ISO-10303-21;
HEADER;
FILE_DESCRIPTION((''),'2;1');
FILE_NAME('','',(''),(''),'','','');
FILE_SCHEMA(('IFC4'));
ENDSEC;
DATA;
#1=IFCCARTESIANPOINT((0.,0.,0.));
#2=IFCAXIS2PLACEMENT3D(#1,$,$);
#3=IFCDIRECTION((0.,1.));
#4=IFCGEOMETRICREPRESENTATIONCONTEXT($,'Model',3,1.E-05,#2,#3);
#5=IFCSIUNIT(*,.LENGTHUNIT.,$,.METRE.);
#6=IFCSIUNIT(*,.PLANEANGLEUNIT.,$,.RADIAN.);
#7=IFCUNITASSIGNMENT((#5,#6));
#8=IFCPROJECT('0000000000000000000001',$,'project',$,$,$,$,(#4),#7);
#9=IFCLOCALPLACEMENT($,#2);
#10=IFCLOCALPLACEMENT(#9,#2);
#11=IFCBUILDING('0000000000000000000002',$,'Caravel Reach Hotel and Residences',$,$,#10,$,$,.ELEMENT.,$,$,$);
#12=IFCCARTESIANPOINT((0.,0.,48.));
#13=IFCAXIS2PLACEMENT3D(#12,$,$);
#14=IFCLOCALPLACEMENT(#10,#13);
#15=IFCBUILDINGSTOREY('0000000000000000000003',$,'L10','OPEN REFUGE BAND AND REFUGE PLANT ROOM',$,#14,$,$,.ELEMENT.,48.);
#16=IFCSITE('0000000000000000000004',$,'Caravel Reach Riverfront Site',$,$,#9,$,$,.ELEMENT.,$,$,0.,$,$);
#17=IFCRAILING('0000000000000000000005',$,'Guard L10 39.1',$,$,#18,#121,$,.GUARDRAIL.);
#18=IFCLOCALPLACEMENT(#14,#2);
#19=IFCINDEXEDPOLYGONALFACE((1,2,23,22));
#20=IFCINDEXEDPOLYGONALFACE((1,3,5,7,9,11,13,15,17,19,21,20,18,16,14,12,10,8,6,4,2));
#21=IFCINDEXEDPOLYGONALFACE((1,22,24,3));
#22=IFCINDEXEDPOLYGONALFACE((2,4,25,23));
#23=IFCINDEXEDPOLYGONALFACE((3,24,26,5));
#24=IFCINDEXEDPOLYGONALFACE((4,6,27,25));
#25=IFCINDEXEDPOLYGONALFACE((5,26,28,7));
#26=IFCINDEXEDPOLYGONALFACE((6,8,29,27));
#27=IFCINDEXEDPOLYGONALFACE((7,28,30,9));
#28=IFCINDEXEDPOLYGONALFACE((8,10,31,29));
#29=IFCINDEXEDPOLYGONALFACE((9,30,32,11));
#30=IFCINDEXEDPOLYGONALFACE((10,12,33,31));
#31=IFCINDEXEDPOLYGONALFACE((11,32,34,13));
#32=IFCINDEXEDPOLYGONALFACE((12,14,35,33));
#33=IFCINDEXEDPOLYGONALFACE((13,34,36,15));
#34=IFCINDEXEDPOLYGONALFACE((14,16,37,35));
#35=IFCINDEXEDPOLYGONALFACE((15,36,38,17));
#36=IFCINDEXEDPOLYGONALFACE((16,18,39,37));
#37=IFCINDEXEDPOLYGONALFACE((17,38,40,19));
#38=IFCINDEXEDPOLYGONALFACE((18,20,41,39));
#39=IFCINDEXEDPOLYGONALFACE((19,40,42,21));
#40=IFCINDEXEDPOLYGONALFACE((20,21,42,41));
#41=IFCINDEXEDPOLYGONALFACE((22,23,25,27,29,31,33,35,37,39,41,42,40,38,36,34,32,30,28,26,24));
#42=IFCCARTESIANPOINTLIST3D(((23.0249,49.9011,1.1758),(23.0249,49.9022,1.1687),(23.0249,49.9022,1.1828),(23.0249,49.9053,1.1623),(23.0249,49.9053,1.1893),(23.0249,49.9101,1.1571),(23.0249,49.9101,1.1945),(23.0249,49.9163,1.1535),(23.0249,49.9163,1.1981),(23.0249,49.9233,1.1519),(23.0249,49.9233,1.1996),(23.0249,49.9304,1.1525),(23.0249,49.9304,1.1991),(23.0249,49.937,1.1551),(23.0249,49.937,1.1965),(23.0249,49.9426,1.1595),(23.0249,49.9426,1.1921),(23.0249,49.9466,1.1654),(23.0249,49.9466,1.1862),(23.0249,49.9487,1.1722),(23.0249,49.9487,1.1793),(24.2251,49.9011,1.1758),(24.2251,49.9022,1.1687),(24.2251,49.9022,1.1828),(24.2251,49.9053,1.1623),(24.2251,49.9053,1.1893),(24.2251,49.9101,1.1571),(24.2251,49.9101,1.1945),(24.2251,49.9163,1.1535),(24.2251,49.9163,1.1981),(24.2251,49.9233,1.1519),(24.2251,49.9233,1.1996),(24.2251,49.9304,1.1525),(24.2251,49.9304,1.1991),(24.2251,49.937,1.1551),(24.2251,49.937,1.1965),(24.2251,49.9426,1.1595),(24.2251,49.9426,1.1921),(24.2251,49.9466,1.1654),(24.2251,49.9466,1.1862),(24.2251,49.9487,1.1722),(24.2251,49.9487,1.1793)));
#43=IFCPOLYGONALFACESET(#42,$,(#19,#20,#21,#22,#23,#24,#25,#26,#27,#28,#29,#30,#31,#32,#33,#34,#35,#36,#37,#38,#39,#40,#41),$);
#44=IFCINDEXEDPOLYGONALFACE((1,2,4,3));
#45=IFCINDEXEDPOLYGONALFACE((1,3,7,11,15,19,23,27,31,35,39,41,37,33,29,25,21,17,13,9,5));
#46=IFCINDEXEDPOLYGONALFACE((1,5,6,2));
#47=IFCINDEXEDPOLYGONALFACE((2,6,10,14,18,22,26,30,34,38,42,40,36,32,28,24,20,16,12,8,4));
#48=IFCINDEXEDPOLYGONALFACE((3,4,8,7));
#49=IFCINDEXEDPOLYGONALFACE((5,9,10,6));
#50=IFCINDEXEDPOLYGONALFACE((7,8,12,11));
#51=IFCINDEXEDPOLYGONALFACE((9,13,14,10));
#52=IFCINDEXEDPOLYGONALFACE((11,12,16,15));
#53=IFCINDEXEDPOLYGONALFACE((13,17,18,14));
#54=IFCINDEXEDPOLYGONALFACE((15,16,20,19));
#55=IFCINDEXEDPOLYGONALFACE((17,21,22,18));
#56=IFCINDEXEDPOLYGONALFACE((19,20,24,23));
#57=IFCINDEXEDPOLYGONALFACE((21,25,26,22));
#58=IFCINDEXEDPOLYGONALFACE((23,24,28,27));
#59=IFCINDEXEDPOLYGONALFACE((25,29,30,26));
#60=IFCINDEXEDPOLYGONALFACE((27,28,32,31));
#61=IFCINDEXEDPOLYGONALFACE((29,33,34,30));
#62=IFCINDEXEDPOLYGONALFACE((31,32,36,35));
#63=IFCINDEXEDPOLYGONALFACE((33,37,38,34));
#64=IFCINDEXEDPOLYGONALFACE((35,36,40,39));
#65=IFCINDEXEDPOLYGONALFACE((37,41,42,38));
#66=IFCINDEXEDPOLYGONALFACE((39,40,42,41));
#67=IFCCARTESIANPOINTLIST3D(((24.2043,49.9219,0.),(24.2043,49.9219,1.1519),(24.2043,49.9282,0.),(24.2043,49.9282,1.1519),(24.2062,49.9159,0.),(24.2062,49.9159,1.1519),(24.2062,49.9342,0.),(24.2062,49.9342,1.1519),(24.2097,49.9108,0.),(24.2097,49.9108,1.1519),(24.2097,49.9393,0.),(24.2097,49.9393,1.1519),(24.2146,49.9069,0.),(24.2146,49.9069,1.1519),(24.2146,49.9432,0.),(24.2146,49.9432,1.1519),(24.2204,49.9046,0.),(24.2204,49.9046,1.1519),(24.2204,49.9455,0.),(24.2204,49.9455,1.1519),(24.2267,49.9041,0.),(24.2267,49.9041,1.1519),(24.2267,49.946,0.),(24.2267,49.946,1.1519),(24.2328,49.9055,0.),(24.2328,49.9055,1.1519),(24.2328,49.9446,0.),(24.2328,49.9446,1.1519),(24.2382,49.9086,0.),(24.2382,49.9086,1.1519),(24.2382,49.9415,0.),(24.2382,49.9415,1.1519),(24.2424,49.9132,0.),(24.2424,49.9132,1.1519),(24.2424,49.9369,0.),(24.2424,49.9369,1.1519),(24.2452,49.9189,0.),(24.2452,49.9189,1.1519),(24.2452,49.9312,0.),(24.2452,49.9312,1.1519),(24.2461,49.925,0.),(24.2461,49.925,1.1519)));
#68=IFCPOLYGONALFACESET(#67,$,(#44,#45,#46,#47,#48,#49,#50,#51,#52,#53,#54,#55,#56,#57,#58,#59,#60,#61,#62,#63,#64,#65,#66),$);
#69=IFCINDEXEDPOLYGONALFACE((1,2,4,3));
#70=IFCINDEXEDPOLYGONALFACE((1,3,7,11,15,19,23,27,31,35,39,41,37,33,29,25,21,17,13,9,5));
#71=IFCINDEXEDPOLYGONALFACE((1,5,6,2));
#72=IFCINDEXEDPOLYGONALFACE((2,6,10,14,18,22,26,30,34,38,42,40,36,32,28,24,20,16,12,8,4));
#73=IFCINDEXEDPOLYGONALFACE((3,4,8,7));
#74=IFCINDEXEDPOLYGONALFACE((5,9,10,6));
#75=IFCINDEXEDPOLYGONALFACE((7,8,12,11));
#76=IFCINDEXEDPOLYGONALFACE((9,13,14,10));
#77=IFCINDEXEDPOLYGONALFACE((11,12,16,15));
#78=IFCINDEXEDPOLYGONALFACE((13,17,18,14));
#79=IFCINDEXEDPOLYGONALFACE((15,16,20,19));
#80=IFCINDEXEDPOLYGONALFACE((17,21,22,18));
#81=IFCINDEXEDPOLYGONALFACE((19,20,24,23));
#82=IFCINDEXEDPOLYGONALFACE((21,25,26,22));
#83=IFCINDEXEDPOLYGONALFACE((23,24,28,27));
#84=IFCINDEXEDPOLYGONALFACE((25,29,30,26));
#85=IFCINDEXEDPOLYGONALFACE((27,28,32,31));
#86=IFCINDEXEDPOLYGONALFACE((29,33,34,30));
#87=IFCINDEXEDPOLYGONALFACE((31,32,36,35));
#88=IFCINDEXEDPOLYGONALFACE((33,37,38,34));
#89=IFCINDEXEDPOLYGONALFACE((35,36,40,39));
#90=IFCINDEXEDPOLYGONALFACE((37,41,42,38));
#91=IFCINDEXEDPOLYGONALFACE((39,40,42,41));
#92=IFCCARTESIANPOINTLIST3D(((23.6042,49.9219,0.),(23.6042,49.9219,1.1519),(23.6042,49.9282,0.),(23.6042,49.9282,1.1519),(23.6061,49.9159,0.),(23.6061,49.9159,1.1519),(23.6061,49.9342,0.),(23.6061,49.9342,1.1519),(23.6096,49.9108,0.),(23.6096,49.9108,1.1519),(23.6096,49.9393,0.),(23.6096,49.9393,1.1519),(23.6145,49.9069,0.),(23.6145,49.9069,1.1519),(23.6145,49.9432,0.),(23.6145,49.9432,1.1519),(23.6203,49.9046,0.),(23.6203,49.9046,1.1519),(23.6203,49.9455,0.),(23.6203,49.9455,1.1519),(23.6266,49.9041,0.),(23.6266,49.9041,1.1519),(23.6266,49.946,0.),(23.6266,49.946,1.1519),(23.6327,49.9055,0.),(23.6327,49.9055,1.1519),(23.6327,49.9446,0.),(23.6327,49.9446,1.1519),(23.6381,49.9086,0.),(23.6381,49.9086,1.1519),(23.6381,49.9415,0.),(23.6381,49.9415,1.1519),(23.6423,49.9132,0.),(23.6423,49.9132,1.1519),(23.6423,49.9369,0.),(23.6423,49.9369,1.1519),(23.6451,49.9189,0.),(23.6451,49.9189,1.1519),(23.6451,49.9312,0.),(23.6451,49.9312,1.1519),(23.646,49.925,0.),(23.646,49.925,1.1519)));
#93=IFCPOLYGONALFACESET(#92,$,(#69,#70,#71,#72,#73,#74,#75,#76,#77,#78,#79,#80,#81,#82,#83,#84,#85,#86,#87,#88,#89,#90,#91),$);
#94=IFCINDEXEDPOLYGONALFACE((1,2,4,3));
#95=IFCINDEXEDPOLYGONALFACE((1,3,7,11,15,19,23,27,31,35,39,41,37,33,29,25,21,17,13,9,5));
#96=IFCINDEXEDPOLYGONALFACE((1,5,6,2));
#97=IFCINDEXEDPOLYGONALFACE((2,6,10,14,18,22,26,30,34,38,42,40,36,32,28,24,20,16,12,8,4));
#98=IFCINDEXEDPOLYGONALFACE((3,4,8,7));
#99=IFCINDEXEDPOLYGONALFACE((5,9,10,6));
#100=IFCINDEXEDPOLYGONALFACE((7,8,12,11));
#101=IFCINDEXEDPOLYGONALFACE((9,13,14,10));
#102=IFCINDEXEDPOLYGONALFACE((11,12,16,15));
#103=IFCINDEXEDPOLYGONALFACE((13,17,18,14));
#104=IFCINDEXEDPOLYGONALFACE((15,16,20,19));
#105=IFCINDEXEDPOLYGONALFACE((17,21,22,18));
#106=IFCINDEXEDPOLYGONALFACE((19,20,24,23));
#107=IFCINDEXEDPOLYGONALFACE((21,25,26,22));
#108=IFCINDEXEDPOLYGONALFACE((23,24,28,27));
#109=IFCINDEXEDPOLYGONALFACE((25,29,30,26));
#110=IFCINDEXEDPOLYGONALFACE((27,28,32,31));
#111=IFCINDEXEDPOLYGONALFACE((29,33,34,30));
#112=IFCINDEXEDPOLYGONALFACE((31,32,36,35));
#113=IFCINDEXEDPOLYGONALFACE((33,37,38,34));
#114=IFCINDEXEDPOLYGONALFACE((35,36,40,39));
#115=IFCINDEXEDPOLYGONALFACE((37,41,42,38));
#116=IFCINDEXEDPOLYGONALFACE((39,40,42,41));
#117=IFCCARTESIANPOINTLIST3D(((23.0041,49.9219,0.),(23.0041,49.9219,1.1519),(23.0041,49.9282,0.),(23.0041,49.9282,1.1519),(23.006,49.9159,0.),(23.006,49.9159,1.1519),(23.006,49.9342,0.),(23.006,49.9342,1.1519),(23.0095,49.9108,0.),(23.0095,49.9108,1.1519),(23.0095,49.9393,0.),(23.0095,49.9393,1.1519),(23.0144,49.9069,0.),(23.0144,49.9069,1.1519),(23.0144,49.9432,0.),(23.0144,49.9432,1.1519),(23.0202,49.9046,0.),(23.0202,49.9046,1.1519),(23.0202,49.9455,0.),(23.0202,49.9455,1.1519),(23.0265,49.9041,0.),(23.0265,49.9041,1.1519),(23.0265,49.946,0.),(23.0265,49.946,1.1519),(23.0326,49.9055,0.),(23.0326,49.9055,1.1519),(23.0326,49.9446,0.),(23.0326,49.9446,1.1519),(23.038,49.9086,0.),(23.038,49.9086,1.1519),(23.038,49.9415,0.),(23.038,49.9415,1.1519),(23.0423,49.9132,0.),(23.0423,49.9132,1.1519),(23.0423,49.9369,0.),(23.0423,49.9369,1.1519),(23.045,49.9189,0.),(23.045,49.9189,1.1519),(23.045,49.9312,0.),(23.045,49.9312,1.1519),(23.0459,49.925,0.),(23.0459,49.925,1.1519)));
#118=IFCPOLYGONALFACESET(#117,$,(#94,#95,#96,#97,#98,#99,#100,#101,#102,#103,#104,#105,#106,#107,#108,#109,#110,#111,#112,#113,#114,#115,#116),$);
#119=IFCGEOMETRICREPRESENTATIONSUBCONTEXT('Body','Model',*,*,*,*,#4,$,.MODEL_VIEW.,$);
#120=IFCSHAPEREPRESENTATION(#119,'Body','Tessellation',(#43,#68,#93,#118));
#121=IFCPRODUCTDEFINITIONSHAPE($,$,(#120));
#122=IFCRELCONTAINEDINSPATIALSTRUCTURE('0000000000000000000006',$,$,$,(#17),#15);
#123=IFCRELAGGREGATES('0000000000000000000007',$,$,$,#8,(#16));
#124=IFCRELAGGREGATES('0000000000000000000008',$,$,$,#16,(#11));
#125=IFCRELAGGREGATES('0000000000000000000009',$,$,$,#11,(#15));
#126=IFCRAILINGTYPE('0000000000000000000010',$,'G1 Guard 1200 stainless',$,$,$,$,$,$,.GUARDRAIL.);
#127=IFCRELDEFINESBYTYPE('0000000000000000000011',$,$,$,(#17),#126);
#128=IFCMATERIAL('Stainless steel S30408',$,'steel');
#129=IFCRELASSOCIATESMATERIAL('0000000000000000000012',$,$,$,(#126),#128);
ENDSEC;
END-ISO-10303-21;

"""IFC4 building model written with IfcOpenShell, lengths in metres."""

from ifc_helpers import new_model, si_unit, direction, frame, origin, origin_2d, place, context, subcontext, project, spatial, circle, extrude, material, type_object, element, save


model = new_model("IFC4")

# Units and contexts
model_context = context("Model", 3, precision=1e-05, world=origin(), true_north=direction((0.0, 1.0)))
body_context = subcontext(model_context, "Body", "Model", "MODEL_VIEW")
ifc_project = project(units=[si_unit("LENGTHUNIT", "METRE"), si_unit("PLANEANGLEUNIT", "RADIAN")], contexts=[model_context])

# Site, building, storey
site_placement = place(None, origin())
site = spatial("IfcSite", under=ifc_project, at=site_placement, Name="Caravel Reach Riverfront Site", CompositionType="ELEMENT", RefElevation=0.0)
building_placement = place(site_placement, origin())
building = spatial("IfcBuilding", under=site, at=building_placement, Name="Caravel Reach Hotel and Residences", CompositionType="ELEMENT")
storey_placement = place(building_placement, frame((0.0, 0.0, 48.0)))
storey = spatial("IfcBuildingStorey", under=building, at=storey_placement, Name="L10", Description="OPEN REFUGE BAND AND REFUGE PLANT ROOM", CompositionType="ELEMENT", Elevation=48.0)

# Railing
ifc_material_1 = material(Name="Stainless steel S30408", Category="steel")
railing_type = type_object("IfcRailingType", Name="G1 Guard 1200 stainless", PredefinedType="GUARDRAIL", material=ifc_material_1)
railing_1_placement = place(storey_placement, frame((24.2251, 49.925, 0.0)))
element("IfcRailing", 1, at=railing_1_placement, inside=storey, type_object=railing_type, Name="Guard L10 39.1", PredefinedType="GUARDRAIL", context=body_context, shape_type="SweptSolid", body=[
    extrude(circle(Radius=0.0239, at=origin_2d()), frame((0.0, 0.0, 1.1758), z_axis=(-1.0, 0.0, 0.0), x_axis=(0.0, -1.0, 0.0)), (0.0, 0.0, 1.0), 1.2002),
    extrude(circle(Radius=0.021, at=origin_2d()), origin(), (0.0, 0.0, 1.0), 1.1519),
    extrude(circle(Radius=0.021, at=origin_2d()), frame((-0.6001, 0.0, 0.0)), (0.0, 0.0, 1.0), 1.1519),
    extrude(circle(Radius=0.021, at=origin_2d()), frame((-1.2002, 0.0, 0.0)), (0.0, 0.0, 1.0), 1.1519),
])

save(model, "model.ifc")
